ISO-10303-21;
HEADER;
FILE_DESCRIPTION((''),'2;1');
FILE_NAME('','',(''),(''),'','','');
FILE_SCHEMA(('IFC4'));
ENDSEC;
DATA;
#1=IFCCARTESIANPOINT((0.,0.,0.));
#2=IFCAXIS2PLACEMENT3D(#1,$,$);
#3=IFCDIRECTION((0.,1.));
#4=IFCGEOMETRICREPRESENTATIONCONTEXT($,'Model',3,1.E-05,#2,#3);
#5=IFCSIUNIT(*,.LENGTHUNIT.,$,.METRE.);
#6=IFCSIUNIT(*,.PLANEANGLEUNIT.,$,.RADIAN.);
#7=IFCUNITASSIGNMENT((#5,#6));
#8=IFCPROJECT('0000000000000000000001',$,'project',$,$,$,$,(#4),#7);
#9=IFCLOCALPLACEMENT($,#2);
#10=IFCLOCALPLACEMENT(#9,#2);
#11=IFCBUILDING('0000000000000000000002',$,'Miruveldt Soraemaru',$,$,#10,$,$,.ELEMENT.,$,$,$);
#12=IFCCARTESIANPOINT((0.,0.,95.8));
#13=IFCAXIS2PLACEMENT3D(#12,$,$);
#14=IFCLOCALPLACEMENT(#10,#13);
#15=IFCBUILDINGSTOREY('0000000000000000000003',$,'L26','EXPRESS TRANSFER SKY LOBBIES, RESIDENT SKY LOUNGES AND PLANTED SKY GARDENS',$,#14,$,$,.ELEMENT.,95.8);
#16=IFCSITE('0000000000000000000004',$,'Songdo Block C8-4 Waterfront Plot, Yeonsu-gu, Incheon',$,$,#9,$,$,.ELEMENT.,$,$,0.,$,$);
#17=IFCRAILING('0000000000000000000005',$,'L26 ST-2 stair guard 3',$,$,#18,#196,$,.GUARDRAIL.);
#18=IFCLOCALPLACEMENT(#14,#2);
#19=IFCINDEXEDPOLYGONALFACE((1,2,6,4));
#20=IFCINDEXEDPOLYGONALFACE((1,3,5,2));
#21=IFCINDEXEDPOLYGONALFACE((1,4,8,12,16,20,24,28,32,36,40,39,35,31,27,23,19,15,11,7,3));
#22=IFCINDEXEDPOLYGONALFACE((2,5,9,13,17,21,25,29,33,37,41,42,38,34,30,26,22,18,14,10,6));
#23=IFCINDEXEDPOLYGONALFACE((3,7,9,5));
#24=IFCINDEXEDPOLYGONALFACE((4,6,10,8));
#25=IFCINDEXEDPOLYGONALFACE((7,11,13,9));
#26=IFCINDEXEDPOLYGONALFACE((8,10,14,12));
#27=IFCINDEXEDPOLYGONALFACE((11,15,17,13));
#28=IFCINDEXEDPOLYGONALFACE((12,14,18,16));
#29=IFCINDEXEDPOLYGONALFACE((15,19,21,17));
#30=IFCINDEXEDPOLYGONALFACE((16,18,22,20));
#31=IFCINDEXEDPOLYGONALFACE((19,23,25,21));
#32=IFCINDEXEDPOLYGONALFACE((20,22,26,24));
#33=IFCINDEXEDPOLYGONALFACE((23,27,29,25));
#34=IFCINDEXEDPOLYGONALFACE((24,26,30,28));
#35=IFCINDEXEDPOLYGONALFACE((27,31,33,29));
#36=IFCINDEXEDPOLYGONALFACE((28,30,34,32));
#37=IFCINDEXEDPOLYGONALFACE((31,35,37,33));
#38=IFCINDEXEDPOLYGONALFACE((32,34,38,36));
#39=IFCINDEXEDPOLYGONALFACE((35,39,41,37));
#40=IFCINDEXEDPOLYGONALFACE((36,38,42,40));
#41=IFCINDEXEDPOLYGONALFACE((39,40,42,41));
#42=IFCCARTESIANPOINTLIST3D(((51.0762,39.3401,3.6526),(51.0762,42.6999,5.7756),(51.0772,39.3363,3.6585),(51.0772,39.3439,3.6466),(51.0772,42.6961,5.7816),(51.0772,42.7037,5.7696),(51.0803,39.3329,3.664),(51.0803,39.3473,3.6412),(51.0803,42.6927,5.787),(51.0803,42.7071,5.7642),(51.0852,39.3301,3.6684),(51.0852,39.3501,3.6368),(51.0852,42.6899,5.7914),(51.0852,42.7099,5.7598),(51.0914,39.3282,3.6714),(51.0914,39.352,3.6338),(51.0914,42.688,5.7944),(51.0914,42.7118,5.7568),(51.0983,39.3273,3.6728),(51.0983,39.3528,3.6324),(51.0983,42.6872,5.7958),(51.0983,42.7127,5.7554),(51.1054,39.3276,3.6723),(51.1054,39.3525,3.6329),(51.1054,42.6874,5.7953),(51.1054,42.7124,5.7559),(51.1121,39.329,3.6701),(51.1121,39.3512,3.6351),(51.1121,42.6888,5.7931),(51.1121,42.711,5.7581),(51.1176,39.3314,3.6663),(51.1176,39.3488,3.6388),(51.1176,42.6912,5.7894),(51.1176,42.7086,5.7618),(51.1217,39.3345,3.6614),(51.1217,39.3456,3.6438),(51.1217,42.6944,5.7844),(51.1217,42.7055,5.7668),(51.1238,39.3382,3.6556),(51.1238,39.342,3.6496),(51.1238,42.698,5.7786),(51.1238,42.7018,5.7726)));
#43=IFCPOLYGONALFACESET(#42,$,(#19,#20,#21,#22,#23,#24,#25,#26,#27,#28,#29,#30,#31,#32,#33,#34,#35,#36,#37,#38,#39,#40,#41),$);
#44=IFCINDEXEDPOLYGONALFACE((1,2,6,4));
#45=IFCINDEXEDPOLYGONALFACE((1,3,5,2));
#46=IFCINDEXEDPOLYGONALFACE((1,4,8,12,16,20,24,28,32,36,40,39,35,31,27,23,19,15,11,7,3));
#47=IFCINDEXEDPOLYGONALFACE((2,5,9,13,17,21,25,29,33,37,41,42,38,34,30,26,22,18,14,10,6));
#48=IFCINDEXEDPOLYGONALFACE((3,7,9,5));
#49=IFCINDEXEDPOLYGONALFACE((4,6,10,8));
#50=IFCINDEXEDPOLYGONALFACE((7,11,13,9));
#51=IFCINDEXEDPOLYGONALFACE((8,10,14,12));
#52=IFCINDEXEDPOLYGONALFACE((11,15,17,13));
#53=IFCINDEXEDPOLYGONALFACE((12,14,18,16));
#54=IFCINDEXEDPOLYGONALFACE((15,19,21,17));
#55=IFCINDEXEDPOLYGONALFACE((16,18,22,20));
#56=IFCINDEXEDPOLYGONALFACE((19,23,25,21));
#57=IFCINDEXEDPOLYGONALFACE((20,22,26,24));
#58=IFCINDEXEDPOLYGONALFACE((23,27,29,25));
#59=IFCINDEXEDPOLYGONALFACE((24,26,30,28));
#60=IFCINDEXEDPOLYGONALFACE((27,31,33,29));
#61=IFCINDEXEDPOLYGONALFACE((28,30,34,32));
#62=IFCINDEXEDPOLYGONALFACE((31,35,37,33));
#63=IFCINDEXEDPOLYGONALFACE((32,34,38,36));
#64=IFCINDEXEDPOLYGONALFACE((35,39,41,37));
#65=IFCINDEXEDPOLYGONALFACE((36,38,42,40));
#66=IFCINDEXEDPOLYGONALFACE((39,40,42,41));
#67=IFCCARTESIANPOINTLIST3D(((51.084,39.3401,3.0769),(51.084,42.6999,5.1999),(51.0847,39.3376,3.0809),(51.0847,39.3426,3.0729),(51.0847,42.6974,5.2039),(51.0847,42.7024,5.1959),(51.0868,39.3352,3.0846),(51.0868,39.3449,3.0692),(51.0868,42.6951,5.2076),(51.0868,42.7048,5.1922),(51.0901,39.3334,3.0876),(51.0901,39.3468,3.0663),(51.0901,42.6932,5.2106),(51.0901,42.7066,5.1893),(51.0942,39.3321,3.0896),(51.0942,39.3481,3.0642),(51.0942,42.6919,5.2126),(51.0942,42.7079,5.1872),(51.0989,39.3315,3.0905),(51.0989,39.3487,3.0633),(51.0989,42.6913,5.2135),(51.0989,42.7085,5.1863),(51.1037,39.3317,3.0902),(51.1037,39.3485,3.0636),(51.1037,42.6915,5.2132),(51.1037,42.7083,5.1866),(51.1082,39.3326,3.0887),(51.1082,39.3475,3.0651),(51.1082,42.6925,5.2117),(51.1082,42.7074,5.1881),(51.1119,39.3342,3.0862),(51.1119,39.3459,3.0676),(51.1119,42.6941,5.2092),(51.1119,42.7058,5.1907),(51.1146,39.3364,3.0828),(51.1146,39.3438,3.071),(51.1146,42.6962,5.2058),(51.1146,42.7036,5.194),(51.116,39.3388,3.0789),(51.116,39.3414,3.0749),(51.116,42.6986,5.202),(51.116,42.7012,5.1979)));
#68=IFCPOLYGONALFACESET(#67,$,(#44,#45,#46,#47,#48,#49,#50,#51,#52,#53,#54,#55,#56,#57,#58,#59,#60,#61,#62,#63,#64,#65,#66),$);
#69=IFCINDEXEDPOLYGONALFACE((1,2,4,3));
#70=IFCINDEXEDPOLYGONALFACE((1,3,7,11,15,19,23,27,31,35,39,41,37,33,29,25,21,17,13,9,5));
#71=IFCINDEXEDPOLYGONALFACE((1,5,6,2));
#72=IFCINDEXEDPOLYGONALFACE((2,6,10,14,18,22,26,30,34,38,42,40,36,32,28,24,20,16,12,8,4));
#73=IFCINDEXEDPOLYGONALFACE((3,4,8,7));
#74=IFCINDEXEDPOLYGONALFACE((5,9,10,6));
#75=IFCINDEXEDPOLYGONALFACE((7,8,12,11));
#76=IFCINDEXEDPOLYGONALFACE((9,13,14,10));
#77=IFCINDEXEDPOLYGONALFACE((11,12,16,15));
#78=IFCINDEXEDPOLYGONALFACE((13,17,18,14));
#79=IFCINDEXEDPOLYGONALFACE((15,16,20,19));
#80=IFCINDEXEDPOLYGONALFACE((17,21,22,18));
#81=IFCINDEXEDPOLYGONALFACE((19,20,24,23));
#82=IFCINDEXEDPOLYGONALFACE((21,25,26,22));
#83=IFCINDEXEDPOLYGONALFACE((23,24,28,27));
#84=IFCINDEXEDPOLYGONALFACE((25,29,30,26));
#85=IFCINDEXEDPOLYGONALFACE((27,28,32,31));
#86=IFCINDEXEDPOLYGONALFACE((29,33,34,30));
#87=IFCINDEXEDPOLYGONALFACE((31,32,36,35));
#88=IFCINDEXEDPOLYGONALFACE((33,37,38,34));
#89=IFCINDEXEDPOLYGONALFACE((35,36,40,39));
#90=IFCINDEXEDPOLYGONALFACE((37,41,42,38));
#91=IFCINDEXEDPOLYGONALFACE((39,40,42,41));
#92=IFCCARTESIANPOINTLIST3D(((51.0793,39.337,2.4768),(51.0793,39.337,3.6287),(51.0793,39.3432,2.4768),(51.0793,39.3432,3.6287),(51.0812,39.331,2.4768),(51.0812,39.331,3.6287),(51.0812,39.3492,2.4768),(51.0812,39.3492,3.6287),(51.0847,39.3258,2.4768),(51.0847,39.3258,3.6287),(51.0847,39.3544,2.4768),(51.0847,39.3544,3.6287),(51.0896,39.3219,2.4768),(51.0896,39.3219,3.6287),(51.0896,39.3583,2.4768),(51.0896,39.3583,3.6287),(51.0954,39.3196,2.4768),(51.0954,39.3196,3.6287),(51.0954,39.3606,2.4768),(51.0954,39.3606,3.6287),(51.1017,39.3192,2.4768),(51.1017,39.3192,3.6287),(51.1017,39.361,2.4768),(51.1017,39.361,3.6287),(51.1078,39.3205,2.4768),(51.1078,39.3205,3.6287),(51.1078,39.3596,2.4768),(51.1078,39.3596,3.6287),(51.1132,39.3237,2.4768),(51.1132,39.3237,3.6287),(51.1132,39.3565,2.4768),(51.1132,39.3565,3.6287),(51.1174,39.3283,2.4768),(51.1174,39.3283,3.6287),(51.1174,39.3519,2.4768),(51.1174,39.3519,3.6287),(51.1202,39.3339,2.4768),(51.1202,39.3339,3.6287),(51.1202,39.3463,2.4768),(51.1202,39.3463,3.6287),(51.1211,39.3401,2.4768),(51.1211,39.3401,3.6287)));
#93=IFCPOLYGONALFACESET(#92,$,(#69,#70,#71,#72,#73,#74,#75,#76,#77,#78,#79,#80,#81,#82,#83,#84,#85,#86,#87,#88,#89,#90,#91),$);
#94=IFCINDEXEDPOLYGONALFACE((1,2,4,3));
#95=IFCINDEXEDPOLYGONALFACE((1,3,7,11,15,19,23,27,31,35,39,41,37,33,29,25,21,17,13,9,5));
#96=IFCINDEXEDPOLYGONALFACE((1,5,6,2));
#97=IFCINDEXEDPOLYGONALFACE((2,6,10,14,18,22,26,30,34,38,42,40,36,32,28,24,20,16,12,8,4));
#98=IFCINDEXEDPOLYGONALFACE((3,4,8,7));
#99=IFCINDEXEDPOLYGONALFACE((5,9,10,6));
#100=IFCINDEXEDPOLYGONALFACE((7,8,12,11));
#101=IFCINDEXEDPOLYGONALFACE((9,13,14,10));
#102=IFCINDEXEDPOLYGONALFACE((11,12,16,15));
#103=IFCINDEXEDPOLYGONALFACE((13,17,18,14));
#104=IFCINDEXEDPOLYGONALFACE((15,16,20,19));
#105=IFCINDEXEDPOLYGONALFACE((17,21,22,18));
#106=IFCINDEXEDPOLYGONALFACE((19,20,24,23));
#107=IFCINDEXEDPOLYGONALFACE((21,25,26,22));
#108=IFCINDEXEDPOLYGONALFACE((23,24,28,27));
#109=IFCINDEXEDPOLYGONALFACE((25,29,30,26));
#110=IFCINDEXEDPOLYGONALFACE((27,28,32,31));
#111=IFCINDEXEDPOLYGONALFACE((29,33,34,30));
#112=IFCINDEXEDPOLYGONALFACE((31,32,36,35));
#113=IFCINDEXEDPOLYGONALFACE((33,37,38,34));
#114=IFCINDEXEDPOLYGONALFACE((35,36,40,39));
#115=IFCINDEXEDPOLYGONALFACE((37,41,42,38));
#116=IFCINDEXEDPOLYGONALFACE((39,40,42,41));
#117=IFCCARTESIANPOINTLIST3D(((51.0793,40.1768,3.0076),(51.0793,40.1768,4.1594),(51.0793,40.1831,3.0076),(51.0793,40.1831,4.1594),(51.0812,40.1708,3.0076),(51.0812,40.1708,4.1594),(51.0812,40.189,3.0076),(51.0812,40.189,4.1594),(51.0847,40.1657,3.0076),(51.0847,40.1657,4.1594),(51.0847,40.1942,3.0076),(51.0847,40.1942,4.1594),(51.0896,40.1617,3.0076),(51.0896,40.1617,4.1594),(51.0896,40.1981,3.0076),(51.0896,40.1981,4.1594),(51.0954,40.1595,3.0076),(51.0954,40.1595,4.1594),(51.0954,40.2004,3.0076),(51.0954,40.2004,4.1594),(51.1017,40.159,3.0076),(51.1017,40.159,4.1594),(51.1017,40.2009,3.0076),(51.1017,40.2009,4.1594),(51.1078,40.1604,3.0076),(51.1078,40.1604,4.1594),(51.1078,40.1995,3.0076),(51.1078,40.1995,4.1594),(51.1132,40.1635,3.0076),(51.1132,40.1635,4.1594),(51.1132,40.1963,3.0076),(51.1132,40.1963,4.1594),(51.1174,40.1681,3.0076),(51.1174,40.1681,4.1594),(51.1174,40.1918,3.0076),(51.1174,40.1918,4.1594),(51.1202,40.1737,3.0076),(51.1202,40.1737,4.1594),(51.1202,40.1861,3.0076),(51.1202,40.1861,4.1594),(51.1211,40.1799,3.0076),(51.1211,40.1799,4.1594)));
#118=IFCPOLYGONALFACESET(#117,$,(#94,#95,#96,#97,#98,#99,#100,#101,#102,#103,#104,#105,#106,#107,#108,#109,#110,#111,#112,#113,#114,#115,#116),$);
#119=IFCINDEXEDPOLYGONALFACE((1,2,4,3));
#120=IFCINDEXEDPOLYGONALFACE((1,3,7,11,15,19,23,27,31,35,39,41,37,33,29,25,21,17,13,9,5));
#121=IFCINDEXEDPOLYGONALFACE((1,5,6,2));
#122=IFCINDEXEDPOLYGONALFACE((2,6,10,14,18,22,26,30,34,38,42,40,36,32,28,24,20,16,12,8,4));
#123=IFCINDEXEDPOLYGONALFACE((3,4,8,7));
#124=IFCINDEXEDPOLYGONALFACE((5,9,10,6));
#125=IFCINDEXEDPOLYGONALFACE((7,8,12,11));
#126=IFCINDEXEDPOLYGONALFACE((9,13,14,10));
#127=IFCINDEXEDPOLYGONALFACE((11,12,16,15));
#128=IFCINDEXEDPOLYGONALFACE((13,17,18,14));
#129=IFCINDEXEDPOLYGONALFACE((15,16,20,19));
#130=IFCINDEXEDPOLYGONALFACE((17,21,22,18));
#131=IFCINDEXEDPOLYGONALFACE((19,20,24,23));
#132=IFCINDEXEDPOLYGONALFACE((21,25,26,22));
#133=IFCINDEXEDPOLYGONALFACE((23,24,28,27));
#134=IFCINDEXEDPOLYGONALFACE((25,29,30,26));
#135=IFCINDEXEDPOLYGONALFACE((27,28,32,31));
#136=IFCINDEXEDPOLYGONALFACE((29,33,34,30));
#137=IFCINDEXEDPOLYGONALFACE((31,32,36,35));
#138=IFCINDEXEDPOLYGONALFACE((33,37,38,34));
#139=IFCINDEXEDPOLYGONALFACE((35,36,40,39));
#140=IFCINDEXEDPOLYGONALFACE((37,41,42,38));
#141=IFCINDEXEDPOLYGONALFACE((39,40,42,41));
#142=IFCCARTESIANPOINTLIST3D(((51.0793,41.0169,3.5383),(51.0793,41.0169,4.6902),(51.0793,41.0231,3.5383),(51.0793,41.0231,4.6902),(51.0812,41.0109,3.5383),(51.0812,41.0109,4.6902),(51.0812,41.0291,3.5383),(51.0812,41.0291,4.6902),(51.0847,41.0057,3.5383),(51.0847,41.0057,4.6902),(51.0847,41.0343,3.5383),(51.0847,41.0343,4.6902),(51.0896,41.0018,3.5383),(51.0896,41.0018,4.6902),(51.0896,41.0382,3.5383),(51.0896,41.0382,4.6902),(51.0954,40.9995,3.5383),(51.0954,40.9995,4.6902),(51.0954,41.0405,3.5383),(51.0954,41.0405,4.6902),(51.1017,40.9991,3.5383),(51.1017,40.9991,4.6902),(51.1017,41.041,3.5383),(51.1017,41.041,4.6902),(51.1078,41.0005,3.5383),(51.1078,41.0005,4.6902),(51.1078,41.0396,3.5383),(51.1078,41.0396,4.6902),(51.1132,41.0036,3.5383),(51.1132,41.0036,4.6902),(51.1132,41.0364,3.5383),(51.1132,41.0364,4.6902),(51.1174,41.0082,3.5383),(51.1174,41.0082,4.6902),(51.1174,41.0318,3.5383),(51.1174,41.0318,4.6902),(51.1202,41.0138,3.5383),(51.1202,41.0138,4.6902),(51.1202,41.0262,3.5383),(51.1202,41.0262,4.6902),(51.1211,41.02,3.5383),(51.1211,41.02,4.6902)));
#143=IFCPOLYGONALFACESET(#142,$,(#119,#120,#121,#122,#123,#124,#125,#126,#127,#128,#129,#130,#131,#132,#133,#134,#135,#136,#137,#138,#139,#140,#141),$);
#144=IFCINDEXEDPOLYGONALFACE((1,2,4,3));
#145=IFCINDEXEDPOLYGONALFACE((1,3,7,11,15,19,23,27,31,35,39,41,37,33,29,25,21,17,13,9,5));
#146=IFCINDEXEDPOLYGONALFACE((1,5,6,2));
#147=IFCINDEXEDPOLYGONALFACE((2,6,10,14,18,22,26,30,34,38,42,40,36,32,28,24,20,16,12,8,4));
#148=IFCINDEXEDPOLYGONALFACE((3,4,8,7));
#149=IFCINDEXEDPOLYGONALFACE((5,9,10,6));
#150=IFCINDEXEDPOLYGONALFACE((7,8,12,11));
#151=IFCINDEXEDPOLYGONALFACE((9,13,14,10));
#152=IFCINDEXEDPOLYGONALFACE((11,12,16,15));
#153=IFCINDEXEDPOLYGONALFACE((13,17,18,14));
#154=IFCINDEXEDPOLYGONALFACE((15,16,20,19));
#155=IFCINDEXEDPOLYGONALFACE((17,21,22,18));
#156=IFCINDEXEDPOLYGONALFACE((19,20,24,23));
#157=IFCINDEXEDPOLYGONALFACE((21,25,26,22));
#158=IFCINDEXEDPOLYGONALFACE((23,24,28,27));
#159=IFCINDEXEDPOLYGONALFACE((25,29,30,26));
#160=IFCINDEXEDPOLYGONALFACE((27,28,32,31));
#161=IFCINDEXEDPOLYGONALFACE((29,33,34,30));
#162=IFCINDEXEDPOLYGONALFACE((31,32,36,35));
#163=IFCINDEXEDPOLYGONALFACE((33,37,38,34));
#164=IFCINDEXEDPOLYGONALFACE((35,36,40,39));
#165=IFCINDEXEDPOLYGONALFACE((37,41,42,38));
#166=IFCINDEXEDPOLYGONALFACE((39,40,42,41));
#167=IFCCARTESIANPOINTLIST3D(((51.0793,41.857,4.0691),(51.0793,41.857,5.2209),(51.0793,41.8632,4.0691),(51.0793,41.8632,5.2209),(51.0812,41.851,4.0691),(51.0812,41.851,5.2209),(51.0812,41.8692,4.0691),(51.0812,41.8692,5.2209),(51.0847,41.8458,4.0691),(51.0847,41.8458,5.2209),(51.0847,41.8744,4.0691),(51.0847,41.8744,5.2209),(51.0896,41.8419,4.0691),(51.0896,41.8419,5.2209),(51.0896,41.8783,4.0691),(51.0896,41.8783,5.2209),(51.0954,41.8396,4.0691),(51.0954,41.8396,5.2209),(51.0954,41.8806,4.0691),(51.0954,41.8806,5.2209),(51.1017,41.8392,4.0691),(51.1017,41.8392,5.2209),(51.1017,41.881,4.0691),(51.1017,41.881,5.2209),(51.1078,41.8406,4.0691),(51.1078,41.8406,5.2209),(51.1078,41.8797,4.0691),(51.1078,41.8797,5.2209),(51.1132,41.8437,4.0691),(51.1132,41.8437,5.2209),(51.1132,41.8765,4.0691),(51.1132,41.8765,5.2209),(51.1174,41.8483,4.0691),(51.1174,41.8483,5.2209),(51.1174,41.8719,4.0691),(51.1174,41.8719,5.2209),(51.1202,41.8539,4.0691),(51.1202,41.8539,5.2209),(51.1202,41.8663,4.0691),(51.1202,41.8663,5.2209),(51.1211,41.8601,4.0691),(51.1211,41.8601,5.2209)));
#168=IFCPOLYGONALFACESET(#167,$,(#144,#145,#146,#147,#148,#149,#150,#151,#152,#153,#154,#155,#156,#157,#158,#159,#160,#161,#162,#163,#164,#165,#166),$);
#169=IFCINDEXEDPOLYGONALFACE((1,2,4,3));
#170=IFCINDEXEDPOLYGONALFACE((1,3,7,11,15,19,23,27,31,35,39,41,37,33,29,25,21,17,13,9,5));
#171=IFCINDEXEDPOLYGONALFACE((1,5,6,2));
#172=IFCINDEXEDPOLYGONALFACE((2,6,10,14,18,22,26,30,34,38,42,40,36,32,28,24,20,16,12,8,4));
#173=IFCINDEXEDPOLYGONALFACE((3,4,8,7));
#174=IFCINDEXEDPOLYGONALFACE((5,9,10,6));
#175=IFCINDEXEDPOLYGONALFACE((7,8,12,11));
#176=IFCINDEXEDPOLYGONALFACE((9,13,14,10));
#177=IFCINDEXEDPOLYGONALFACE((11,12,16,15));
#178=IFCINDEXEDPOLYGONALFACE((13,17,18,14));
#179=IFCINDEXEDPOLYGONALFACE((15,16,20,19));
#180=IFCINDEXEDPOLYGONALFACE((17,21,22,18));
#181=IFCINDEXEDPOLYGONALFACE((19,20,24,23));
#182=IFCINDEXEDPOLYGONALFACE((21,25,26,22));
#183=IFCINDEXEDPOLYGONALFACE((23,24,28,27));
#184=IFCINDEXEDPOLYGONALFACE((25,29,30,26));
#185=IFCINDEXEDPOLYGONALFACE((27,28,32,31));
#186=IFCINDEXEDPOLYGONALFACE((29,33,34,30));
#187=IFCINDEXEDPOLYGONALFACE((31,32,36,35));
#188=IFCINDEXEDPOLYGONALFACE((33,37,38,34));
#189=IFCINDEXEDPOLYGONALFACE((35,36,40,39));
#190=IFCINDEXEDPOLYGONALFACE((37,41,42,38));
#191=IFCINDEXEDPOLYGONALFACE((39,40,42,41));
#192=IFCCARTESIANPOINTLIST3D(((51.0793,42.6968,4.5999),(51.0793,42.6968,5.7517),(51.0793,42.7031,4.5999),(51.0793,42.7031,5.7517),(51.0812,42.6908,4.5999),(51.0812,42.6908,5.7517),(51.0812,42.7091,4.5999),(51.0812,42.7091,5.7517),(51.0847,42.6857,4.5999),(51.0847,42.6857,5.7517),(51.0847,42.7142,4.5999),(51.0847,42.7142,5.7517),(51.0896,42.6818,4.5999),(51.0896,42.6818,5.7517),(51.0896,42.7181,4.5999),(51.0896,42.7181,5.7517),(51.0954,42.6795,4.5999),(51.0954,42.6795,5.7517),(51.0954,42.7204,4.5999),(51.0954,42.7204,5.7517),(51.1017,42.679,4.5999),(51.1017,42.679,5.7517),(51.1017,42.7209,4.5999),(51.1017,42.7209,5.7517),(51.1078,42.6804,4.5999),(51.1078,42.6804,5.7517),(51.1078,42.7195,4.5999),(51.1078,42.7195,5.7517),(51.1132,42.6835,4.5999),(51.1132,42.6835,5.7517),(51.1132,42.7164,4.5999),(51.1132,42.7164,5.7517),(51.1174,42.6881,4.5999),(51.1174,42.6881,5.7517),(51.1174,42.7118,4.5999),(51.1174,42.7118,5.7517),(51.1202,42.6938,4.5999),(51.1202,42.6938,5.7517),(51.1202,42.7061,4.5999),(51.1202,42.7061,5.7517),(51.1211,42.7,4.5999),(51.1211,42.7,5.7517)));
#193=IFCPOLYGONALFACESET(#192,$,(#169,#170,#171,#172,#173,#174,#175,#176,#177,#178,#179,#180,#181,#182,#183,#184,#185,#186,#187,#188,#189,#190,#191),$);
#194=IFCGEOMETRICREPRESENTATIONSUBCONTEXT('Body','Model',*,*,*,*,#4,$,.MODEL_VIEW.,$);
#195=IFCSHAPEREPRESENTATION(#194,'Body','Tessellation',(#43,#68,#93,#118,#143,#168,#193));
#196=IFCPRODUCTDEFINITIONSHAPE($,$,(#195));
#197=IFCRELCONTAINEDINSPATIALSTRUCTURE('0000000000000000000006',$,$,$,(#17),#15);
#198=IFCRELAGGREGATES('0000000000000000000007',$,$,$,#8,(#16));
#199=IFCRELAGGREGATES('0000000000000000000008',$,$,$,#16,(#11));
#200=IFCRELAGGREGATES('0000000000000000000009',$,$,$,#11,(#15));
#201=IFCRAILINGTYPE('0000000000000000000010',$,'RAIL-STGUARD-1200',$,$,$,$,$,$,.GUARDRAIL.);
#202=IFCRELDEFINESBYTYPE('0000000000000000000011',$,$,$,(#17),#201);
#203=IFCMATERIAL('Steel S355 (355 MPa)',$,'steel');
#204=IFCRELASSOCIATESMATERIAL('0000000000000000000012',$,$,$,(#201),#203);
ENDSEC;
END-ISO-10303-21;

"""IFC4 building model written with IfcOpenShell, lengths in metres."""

from ifc_helpers import new_model, si_unit, direction, frame, origin, origin_2d, place, context, subcontext, project, spatial, circle, extrude, material, type_object, element, save


model = new_model("IFC4")

# Units and contexts
model_context = context("Model", 3, precision=1e-05, world=origin(), true_north=direction((0.0, 1.0)))
body_context = subcontext(model_context, "Body", "Model", "MODEL_VIEW")
ifc_project = project(units=[si_unit("LENGTHUNIT", "METRE"), si_unit("PLANEANGLEUNIT", "RADIAN")], contexts=[model_context])

# Site, building, storey
site_placement = place(None, origin())
site = spatial("IfcSite", under=ifc_project, at=site_placement, Name="Songdo Block C8-4 Waterfront Plot, Yeonsu-gu, Incheon", CompositionType="ELEMENT", RefElevation=0.0)
building_placement = place(site_placement, origin())
building = spatial("IfcBuilding", under=site, at=building_placement, Name="Miruveldt Soraemaru", CompositionType="ELEMENT")
storey_placement = place(building_placement, frame((0.0, 0.0, 95.8)))
storey = spatial("IfcBuildingStorey", under=building, at=storey_placement, Name="L26", Description="EXPRESS TRANSFER SKY LOBBIES, RESIDENT SKY LOUNGES AND PLANTED SKY GARDENS", CompositionType="ELEMENT", Elevation=95.8)

# Railing
ifc_material_1 = material(Name="Steel S355 (355 MPa)", Category="steel")
railing_type_1 = type_object("IfcRailingType", Name="RAIL-STGUARD-1200", PredefinedType="GUARDRAIL", material=ifc_material_1)
railing_1_placement = place(storey_placement, frame((51.1001, 39.3401, 2.4768)))
element("IfcRailing", 1, at=railing_1_placement, inside=storey, type_object=railing_type_1, Name="L26 ST-2 stair guard 3", PredefinedType="GUARDRAIL", context=body_context, shape_type="SweptSolid", body=[
    extrude(circle(Radius=0.0239, at=origin_2d()), frame((0.0, 0.0, 1.1758), z_axis=(0.0, 0.845372, 0.534178), x_axis=(-1.0, 0.0, 0.0)), (0.0, 0.0, 1.0), 3.9744),
    extrude(circle(Radius=0.0161, at=origin_2d()), frame((0.0, 0.0, 0.6001), z_axis=(0.0, 0.845372, 0.534178), x_axis=(-1.0, 0.0, 0.0)), (0.0, 0.0, 1.0), 3.9744),
    extrude(circle(Radius=0.021, at=origin_2d()), origin(), (0.0, 0.0, 1.0), 1.1519),
    extrude(circle(Radius=0.021, at=origin_2d()), frame((0.0, 0.8398, 0.5308)), (0.0, 0.0, 1.0), 1.1519),
    extrude(circle(Radius=0.021, at=origin_2d()), frame((0.0, 1.6799, 1.0615)), (0.0, 0.0, 1.0), 1.1519),
    extrude(circle(Radius=0.021, at=origin_2d()), frame((0.0, 2.52, 1.5923)), (0.0, 0.0, 1.0), 1.1519),
    extrude(circle(Radius=0.021, at=origin_2d()), frame((0.0, 3.3599, 2.123)), (0.0, 0.0, 1.0), 1.1519),
])

save(model, "model.ifc")
